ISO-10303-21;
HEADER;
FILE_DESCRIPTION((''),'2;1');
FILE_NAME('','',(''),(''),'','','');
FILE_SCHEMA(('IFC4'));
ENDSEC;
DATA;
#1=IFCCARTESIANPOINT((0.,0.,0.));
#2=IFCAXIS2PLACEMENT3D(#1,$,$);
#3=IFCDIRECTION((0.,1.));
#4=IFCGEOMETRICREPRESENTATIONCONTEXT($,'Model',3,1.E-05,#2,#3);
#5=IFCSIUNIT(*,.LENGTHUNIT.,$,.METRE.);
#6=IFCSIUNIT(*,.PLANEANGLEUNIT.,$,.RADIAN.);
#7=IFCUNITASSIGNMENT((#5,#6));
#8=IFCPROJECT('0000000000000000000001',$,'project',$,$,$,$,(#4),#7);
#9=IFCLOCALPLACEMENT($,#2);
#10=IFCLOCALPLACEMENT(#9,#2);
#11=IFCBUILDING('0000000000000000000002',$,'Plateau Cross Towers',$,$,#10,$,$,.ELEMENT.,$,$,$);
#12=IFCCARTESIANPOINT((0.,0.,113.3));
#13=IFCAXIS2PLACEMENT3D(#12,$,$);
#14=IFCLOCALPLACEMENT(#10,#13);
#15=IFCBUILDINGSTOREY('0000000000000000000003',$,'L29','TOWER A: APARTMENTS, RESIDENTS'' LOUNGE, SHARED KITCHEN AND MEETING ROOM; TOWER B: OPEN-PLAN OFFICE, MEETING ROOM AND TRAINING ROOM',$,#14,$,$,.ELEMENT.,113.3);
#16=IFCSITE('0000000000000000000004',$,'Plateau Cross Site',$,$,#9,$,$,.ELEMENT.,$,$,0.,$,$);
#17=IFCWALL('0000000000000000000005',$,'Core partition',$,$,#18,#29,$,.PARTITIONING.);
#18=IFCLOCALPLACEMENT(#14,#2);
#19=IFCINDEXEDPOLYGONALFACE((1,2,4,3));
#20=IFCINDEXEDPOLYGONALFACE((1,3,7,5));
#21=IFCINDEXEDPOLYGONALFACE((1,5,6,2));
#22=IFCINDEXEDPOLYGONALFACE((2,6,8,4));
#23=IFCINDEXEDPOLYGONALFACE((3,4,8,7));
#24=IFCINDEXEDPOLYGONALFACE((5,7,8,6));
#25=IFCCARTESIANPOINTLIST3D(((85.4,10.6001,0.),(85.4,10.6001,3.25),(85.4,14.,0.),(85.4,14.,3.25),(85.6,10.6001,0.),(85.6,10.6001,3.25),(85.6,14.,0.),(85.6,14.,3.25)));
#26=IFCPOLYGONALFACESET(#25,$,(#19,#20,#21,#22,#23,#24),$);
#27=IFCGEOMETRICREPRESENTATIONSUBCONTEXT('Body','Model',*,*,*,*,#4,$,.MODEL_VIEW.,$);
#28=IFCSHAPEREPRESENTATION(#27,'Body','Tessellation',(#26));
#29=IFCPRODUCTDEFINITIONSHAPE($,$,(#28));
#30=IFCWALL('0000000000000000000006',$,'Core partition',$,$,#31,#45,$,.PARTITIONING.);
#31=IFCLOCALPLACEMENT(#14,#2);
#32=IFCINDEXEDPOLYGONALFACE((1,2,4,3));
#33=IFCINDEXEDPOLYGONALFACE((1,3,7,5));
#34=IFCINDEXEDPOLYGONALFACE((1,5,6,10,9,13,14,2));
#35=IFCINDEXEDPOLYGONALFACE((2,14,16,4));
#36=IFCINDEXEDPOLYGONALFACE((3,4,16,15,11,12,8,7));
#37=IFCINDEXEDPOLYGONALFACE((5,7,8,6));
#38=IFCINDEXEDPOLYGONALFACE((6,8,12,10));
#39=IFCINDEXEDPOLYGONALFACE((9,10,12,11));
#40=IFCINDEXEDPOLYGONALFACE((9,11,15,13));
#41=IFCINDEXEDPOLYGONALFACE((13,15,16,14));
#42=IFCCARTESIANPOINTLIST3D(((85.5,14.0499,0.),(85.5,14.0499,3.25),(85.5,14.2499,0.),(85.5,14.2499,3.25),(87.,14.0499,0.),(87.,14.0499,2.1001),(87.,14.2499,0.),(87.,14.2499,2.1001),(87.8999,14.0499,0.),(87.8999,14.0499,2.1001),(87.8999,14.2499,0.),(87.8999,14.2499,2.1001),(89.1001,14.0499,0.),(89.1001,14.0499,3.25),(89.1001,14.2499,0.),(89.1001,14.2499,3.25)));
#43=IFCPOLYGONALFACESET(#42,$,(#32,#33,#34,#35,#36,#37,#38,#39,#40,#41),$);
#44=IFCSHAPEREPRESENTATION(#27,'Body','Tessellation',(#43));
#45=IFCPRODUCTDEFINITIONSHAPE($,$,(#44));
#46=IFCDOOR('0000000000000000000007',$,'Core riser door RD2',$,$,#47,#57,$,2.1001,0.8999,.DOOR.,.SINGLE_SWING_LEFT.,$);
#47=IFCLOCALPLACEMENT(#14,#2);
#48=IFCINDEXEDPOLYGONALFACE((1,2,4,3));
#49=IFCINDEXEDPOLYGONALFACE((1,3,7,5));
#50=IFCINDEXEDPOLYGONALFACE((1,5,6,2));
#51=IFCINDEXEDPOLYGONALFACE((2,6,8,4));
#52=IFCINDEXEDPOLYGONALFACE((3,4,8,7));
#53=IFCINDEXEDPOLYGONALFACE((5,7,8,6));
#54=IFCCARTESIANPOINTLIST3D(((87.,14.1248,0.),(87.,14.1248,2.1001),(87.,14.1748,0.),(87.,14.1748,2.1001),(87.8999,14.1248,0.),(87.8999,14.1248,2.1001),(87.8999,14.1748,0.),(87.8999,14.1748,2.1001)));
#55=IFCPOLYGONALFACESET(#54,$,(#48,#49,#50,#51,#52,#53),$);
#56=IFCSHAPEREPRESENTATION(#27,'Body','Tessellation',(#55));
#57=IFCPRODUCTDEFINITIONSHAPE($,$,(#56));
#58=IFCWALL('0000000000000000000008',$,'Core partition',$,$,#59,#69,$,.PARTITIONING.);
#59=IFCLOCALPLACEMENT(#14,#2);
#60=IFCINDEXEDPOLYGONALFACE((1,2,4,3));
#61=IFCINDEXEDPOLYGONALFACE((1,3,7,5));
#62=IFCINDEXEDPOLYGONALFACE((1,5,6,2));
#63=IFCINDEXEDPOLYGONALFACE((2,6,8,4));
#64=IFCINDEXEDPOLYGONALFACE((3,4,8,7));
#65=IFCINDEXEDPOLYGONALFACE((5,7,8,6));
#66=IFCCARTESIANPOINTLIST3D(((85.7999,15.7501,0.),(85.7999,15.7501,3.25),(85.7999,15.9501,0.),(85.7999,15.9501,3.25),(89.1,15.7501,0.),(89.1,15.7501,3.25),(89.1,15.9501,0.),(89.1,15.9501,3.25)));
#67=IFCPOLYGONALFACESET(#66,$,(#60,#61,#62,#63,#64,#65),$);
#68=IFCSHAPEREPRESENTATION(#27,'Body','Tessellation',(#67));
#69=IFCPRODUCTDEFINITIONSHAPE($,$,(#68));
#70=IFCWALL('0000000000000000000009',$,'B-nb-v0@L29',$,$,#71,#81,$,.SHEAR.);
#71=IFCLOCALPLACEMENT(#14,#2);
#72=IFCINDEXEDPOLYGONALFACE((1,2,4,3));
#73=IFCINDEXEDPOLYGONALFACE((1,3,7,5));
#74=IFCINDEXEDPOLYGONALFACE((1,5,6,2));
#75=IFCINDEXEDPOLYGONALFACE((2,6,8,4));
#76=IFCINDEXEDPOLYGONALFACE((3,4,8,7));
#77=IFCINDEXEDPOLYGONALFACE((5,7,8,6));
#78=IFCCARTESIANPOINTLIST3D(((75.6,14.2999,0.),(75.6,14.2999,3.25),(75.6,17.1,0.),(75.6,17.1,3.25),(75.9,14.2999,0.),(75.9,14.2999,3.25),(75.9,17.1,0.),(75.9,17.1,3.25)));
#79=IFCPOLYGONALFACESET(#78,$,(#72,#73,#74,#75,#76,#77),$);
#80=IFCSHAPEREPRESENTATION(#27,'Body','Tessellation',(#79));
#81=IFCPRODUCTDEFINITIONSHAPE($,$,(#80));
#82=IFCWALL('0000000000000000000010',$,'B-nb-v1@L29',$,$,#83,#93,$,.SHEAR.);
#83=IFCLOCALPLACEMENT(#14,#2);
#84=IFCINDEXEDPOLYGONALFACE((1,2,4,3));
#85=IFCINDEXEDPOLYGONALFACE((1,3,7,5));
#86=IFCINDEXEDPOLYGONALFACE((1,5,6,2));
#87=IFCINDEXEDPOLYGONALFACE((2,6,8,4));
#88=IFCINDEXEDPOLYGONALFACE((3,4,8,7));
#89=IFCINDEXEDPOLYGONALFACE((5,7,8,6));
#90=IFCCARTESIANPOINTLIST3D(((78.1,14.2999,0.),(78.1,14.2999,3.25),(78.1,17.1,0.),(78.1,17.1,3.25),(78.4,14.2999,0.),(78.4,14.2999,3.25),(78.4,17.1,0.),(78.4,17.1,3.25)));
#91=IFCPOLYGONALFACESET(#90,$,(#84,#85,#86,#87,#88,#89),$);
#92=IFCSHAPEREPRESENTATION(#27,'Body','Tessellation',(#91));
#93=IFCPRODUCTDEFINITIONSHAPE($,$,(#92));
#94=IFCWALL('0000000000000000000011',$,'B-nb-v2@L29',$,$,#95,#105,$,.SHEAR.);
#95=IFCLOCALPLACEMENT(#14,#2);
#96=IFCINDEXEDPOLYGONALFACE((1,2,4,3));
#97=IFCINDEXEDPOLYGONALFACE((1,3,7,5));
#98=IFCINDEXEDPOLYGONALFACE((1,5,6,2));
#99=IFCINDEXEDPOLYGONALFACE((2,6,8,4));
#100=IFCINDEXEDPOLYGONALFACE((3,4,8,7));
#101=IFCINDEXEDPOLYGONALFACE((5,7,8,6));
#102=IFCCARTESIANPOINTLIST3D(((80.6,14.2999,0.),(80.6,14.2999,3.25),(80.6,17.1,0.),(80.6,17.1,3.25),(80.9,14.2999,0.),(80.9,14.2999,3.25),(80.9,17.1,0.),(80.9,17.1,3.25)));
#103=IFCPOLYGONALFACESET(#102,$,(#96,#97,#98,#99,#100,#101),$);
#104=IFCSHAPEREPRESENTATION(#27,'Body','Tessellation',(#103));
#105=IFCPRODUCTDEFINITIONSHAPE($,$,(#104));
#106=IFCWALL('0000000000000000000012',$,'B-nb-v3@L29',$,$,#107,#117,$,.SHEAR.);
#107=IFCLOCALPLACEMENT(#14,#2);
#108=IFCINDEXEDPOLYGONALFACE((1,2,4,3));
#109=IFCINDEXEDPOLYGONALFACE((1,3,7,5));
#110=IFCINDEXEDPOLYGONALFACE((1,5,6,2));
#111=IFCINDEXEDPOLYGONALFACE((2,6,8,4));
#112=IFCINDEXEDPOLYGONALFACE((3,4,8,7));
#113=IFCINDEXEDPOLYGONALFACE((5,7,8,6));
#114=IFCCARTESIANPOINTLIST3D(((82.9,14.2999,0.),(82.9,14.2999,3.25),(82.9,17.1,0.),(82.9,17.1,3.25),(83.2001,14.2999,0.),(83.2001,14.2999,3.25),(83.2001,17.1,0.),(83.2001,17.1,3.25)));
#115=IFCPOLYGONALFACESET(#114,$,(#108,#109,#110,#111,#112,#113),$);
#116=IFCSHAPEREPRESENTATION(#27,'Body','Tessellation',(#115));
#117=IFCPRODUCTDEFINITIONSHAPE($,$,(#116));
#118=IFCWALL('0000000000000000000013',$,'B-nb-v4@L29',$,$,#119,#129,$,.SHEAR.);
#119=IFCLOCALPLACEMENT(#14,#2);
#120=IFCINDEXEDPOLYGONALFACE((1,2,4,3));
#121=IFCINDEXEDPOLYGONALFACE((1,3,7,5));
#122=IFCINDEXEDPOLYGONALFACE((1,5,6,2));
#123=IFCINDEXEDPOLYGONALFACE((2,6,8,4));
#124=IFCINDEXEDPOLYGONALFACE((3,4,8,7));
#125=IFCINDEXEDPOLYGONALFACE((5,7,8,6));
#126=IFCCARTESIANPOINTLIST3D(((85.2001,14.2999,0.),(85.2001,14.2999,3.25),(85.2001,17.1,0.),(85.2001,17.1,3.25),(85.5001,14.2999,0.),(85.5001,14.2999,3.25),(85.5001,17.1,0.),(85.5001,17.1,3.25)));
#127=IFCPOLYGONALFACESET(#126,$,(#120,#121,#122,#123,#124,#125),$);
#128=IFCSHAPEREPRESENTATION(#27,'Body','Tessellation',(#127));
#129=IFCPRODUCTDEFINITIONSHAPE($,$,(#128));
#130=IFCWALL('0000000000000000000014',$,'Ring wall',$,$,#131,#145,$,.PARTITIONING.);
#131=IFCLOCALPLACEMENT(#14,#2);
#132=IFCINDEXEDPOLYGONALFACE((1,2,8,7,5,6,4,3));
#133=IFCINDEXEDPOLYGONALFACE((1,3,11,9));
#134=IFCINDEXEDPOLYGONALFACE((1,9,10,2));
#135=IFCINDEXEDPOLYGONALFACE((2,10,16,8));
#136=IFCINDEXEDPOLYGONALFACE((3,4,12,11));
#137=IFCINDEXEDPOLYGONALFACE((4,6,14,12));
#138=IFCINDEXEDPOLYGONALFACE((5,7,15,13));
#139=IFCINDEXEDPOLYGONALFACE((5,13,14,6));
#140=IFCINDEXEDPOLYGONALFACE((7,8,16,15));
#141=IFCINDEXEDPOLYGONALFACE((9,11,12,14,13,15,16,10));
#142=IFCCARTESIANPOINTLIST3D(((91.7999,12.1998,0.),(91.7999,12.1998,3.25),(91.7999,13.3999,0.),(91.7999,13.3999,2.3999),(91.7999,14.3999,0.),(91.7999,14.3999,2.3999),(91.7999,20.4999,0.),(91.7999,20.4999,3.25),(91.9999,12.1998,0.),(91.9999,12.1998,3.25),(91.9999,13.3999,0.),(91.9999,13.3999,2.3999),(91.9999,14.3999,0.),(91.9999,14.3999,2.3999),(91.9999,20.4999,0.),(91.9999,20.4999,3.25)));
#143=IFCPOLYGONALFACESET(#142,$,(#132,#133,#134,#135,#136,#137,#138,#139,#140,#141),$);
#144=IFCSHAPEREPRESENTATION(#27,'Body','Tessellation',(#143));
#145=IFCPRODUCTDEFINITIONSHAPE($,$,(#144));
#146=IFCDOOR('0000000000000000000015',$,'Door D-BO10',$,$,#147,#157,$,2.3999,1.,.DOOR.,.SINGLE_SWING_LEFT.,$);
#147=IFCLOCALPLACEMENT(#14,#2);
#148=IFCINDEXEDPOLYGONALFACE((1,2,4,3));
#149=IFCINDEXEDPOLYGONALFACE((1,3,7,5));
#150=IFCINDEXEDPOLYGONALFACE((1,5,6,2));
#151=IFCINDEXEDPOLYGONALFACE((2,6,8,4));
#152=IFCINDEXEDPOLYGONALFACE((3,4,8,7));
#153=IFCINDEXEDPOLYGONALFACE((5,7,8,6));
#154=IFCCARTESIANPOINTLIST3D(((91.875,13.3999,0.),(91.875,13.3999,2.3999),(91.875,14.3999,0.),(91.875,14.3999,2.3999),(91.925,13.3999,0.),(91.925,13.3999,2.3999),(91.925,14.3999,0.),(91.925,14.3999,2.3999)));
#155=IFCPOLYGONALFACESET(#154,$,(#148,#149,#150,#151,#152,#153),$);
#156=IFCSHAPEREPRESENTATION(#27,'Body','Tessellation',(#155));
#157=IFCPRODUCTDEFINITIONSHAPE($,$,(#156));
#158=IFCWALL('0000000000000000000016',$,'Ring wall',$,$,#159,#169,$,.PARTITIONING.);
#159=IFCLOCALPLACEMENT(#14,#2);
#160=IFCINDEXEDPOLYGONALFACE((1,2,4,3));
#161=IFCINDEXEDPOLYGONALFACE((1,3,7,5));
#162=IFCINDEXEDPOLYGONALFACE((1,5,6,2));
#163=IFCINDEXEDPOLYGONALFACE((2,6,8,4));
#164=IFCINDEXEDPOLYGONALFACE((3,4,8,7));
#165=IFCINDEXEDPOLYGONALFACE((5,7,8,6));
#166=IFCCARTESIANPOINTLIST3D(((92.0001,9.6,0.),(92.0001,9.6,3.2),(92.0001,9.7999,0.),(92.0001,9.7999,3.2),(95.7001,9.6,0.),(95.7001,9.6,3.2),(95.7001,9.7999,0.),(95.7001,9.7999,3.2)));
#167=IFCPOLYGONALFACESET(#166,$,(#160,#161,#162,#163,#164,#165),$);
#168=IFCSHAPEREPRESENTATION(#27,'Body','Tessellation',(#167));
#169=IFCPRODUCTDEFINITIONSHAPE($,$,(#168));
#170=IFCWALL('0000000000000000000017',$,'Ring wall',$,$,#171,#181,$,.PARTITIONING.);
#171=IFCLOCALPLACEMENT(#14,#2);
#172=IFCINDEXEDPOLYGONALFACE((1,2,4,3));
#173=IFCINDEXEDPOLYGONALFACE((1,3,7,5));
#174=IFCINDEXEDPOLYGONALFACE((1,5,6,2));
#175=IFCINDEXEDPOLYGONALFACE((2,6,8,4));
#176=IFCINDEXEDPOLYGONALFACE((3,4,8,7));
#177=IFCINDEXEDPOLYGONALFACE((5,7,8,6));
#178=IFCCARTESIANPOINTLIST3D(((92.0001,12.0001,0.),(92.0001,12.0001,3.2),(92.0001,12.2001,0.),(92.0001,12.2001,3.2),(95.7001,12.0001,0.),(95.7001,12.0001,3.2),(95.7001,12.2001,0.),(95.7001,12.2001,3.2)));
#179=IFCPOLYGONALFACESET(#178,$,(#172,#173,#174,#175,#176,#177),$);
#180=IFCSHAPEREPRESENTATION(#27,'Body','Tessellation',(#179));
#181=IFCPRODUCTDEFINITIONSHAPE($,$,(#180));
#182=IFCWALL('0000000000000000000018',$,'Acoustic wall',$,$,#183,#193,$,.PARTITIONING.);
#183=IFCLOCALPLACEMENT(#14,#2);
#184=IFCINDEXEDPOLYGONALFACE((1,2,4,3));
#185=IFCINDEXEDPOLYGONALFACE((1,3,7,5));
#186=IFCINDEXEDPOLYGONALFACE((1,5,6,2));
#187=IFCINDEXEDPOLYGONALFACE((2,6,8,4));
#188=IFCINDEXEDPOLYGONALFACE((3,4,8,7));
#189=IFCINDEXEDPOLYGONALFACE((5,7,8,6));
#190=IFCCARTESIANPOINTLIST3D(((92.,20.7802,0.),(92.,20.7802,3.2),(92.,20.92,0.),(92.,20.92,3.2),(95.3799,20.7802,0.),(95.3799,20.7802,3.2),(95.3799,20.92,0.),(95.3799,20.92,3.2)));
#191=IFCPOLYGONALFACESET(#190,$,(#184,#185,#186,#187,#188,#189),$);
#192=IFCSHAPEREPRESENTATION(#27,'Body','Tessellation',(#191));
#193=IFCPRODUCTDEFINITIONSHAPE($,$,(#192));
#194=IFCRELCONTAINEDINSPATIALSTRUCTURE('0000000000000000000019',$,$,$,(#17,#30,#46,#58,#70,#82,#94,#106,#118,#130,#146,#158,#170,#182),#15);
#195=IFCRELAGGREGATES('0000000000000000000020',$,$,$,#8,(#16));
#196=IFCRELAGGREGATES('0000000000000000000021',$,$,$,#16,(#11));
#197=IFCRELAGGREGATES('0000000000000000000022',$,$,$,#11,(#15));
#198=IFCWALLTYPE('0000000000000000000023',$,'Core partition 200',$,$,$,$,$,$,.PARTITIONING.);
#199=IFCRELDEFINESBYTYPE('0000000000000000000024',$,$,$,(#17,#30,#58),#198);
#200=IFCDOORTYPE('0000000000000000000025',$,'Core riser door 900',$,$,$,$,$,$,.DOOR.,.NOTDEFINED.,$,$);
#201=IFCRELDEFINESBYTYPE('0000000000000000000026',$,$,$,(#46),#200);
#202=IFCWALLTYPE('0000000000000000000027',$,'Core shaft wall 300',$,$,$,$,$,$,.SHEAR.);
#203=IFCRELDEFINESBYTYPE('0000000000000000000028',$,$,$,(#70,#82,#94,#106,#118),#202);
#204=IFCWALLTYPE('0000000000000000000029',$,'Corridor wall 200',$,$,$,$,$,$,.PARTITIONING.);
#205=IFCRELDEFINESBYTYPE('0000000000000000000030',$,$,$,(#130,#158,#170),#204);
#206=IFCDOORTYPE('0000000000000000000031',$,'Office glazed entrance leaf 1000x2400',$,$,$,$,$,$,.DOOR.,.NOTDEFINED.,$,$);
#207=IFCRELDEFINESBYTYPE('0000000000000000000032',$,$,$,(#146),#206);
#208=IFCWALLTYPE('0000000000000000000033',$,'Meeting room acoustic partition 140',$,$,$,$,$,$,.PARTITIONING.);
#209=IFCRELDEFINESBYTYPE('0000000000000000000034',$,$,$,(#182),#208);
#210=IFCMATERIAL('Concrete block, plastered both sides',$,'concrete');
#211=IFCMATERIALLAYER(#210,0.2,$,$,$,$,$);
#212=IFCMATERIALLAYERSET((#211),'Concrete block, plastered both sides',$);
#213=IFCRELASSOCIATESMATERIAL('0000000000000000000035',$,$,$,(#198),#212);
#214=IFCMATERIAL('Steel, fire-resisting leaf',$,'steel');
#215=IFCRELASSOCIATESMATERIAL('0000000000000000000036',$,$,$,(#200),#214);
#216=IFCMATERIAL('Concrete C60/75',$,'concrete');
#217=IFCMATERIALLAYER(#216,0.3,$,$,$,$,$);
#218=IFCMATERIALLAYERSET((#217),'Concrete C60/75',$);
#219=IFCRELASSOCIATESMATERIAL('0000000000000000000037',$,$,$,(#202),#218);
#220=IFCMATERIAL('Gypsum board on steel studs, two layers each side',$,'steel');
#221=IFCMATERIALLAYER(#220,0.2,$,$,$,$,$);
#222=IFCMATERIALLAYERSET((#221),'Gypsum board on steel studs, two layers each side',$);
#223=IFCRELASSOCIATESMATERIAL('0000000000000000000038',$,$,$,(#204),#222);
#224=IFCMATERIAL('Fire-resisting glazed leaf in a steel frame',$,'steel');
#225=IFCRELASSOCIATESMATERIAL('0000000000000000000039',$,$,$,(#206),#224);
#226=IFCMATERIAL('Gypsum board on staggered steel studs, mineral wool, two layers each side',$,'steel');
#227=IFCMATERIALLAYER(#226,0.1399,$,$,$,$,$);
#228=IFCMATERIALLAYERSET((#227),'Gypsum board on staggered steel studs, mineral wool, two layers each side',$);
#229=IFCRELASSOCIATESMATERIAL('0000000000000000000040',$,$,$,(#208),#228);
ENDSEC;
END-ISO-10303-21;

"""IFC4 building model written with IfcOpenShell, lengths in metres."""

from ifc_helpers import new_model, si_unit, direction, frame, frame_2d, origin, place, context, subcontext, project, spatial, rectangle, extrude, material, layer, layer_set, type_object, element, fill, save


model = new_model("IFC4")

# Units and contexts
model_context = context("Model", 3, precision=1e-05, world=origin(), true_north=direction((0.0, 1.0)))
body_context = subcontext(model_context, "Body", "Model", "MODEL_VIEW")
ifc_project = project(units=[si_unit("LENGTHUNIT", "METRE"), si_unit("PLANEANGLEUNIT", "RADIAN")], contexts=[model_context])

# Site, building, storey
site_placement = place(None, origin())
site = spatial("IfcSite", under=ifc_project, at=site_placement, Name="Plateau Cross Site", CompositionType="ELEMENT", RefElevation=0.0)
building_placement = place(site_placement, origin())
building = spatial("IfcBuilding", under=site, at=building_placement, Name="Plateau Cross Towers", CompositionType="ELEMENT")
storey_placement = place(building_placement, frame((0.0, 0.0, 113.3)))
storey = spatial("IfcBuildingStorey", under=building, at=storey_placement, Name="L29", Description="TOWER A: APARTMENTS, RESIDENTS' LOUNGE, SHARED KITCHEN AND MEETING ROOM; TOWER B: OPEN-PLAN OFFICE, MEETING ROOM AND TRAINING ROOM", CompositionType="ELEMENT", Elevation=113.3)

# Shared definitions
ifc_material_1 = material(Name="Concrete C60/75", Category="concrete")

# Shared definitions
ifc_material_2 = material(Name="Concrete block, plastered both sides", Category="concrete")
ifc_layer_1 = layer(ifc_material_2, 0.2)
ifc_layer_set_1 = layer_set([ifc_layer_1], Name="Concrete block, plastered both sides")
wall_type_1 = type_object("IfcWallType", Name="Core partition 200", PredefinedType="PARTITIONING", material=ifc_layer_set_1)

# Shared definitions
ifc_material_3 = material(Name="Steel, fire-resisting leaf", Category="steel")

# Wall
wall_1_placement = place(storey_placement, frame((85.5, 10.6001, 0.0), z_axis=(0.0, 0.0, 1.0), x_axis=(0.0, 1.0, 0.0)))
element("IfcWall", 1, at=wall_1_placement, inside=storey, type_object=wall_type_1, Name="Core partition", PredefinedType="PARTITIONING", context=body_context, shape_type="SweptSolid", body=[
    extrude(rectangle(XDim=3.3999, YDim=0.2, at=frame_2d((1.7, 0.0))), origin(), (0.0, 0.0, 1.0), 3.25),
])

# Wall, opening, door
wall_2_placement = place(storey_placement, frame((85.5, 14.1499, 0.0), z_axis=(0.0, 0.0, 1.0), x_axis=(1.0, 0.0, 0.0)))
wall_2 = element("IfcWall", 2, at=wall_2_placement, inside=storey, type_object=wall_type_1, Name="Core partition", PredefinedType="PARTITIONING", context=body_context, shape_type="SweptSolid", body=[
    extrude(rectangle(XDim=3.6001, YDim=0.2, at=frame_2d((1.8, 0.0))), origin(), (0.0, 0.0, 1.0), 3.25),
])
opening_1_placement = place(wall_2_placement, frame((1.5, 0.0, 0.0)))
opening_1 = element("IfcOpeningElement", 3, at=opening_1_placement, cuts=wall_2, PredefinedType="OPENING", context=body_context, shape_type="SweptSolid", body=[
    extrude(rectangle(XDim=0.8999, YDim=2.1001, at=frame_2d((0.45, 1.05))), frame((0.0, 0.1099, 0.0), z_axis=(0.0, -1.0, 0.0), x_axis=(1.0, 0.0, 0.0)), (0.0, 0.0, 1.0), 0.22),
])
door_type_1 = type_object("IfcDoorType", Name="Core riser door 900", OperationType="NOTDEFINED", PredefinedType="DOOR", material=ifc_material_3)
door_1_placement = place(opening_1_placement, origin())
door_1 = element("IfcDoor", 4, at=door_1_placement, inside=storey, type_object=door_type_1, Name="Core riser door RD2", OperationType="SINGLE_SWING_LEFT", OverallHeight=2.1001, OverallWidth=0.8999, PredefinedType="DOOR", context=body_context, shape_type="SweptSolid", body=[
    extrude(rectangle(XDim=0.8999, YDim=2.1001, at=frame_2d((0.45, 1.05))), frame((0.0, 0.0249, 0.0), z_axis=(0.0, -1.0, 0.0), x_axis=(1.0, 0.0, 0.0)), (0.0, 0.0, 1.0), 0.05),
])
fill(opening_1, door_1)

# Walls
wall_3_placement = place(storey_placement, frame((85.8, 15.8501, 0.0), z_axis=(0.0, 0.0, 1.0), x_axis=(1.0, 0.0, 0.0)))
element("IfcWall", 5, at=wall_3_placement, inside=storey, type_object=wall_type_1, Name="Core partition", PredefinedType="PARTITIONING", context=body_context, shape_type="SweptSolid", body=[
    extrude(rectangle(XDim=3.3, YDim=0.2, at=frame_2d((1.6499, 0.0))), origin(), (0.0, 0.0, 1.0), 3.25),
])
ifc_layer_2 = layer(ifc_material_1, 0.3)
ifc_layer_set_2 = layer_set([ifc_layer_2], Name="Concrete C60/75")
wall_type_2 = type_object("IfcWallType", Name="Core shaft wall 300", PredefinedType="SHEAR", material=ifc_layer_set_2)
for number, where, z_axis, x_axis, name in (
    (6, (75.75, 14.3, 0.0), (0.0, 0.0, 1.0), (0.0, 1.0, 0.0), "B-nb-v0@L29"),
    (7, (78.25, 14.3, 0.0), (0.0, 0.0, 1.0), (0.0, 1.0, 0.0), "B-nb-v1@L29"),
    (8, (80.75, 14.3, 0.0), (0.0, 0.0, 1.0), (0.0, 1.0, 0.0), "B-nb-v2@L29"),
    (9, (83.05, 14.3, 0.0), (0.0, 0.0, 1.0), (0.0, 1.0, 0.0), "B-nb-v3@L29"),
    (10, (85.3501, 14.3, 0.0), (0.0, 0.0, 1.0), (0.0, 1.0, 0.0), "B-nb-v4@L29"),
):
    element("IfcWall", number, at=place(storey_placement, frame(where, z_axis=z_axis, x_axis=x_axis)), inside=storey, type_object=wall_type_2, Name=name, PredefinedType="SHEAR", context=body_context, shape_type="SweptSolid", body=[
        extrude(rectangle(XDim=2.8, YDim=0.3, at=frame_2d((1.3999, 0.0))), origin(), (0.0, 0.0, 1.0), 3.25),
    ])

# Wall, opening, door
ifc_material_4 = material(Name="Gypsum board on steel studs, two layers each side", Category="steel")
ifc_layer_3 = layer(ifc_material_4, 0.2)
ifc_layer_set_3 = layer_set([ifc_layer_3], Name="Gypsum board on steel studs, two layers each side")
wall_type_3 = type_object("IfcWallType", Name="Corridor wall 200", PredefinedType="PARTITIONING", material=ifc_layer_set_3)
wall_4_placement = place(storey_placement, frame((91.8999, 12.2, 0.0), z_axis=(0.0, 0.0, 1.0), x_axis=(0.0, 1.0, 0.0)))
wall_4 = element("IfcWall", 11, at=wall_4_placement, inside=storey, type_object=wall_type_3, Name="Ring wall", PredefinedType="PARTITIONING", context=body_context, shape_type="SweptSolid", body=[
    extrude(rectangle(XDim=8.3, YDim=0.2, at=frame_2d((4.1499, 0.0))), origin(), (0.0, 0.0, 1.0), 3.25),
])
opening_2_placement = place(wall_4_placement, frame((1.2, 0.0, 0.0)))
opening_2 = element("IfcOpeningElement", 12, at=opening_2_placement, cuts=wall_4, PredefinedType="OPENING", context=body_context, shape_type="SweptSolid", body=[
    extrude(rectangle(XDim=1.0, YDim=2.3999, at=frame_2d((0.5, 1.2))), frame((0.0, 0.1099, 0.0), z_axis=(0.0, -1.0, 0.0), x_axis=(1.0, 0.0, 0.0)), (0.0, 0.0, 1.0), 0.22),
])
ifc_material_5 = material(Name="Fire-resisting glazed leaf in a steel frame", Category="steel")
door_type_2 = type_object("IfcDoorType", Name="Office glazed entrance leaf 1000x2400", OperationType="NOTDEFINED", PredefinedType="DOOR", material=ifc_material_5)
door_2_placement = place(opening_2_placement, origin())
door_2 = element("IfcDoor", 13, at=door_2_placement, inside=storey, type_object=door_type_2, Name="Door D-BO10", OperationType="SINGLE_SWING_LEFT", OverallHeight=2.3999, OverallWidth=1.0, PredefinedType="DOOR", context=body_context, shape_type="SweptSolid", body=[
    extrude(rectangle(XDim=1.0, YDim=2.3999, at=frame_2d((0.5, 1.2))), frame((0.0, 0.0249, 0.0), z_axis=(0.0, -1.0, 0.0), x_axis=(1.0, 0.0, 0.0)), (0.0, 0.0, 1.0), 0.05),
])
fill(opening_2, door_2)

# Walls
for number, where, z_axis, x_axis, name in (
    (14, (92.0, 9.7, 0.0), (0.0, 0.0, 1.0), (1.0, 0.0, 0.0), "Ring wall"),
    (15, (92.0, 12.1001, 0.0), (0.0, 0.0, 1.0), (1.0, 0.0, 0.0), "Ring wall"),
):
    element("IfcWall", number, at=place(storey_placement, frame(where, z_axis=z_axis, x_axis=x_axis)), inside=storey, type_object=wall_type_3, Name=name, PredefinedType="PARTITIONING", context=body_context, shape_type="SweptSolid", body=[
        extrude(rectangle(XDim=3.7, YDim=0.2, at=frame_2d((1.8501, 0.0))), origin(), (0.0, 0.0, 1.0), 3.2),
    ])
ifc_material_6 = material(Name="Gypsum board on staggered steel studs, mineral wool, two layers each side", Category="steel")
ifc_layer_4 = layer(ifc_material_6, 0.1399)
ifc_layer_set_4 = layer_set([ifc_layer_4], Name="Gypsum board on staggered steel studs, mineral wool, two layers each side")
wall_type_4 = type_object("IfcWallType", Name="Meeting room acoustic partition 140", PredefinedType="PARTITIONING", material=ifc_layer_set_4)
for number, where, z_axis, x_axis, name in (
    (16, (92.0, 20.8501, 0.0), (0.0, 0.0, 1.0), (1.0, 0.0, 0.0), "Acoustic wall"),
):
    element("IfcWall", number, at=place(storey_placement, frame(where, z_axis=z_axis, x_axis=x_axis)), inside=storey, type_object=wall_type_4, Name=name, PredefinedType="PARTITIONING", context=body_context, shape_type="SweptSolid", body=[
        extrude(rectangle(XDim=3.3799, YDim=0.1399, at=frame_2d((1.6899, 0.0))), origin(), (0.0, 0.0, 1.0), 3.2),
    ])

save(model, "model.ifc")
